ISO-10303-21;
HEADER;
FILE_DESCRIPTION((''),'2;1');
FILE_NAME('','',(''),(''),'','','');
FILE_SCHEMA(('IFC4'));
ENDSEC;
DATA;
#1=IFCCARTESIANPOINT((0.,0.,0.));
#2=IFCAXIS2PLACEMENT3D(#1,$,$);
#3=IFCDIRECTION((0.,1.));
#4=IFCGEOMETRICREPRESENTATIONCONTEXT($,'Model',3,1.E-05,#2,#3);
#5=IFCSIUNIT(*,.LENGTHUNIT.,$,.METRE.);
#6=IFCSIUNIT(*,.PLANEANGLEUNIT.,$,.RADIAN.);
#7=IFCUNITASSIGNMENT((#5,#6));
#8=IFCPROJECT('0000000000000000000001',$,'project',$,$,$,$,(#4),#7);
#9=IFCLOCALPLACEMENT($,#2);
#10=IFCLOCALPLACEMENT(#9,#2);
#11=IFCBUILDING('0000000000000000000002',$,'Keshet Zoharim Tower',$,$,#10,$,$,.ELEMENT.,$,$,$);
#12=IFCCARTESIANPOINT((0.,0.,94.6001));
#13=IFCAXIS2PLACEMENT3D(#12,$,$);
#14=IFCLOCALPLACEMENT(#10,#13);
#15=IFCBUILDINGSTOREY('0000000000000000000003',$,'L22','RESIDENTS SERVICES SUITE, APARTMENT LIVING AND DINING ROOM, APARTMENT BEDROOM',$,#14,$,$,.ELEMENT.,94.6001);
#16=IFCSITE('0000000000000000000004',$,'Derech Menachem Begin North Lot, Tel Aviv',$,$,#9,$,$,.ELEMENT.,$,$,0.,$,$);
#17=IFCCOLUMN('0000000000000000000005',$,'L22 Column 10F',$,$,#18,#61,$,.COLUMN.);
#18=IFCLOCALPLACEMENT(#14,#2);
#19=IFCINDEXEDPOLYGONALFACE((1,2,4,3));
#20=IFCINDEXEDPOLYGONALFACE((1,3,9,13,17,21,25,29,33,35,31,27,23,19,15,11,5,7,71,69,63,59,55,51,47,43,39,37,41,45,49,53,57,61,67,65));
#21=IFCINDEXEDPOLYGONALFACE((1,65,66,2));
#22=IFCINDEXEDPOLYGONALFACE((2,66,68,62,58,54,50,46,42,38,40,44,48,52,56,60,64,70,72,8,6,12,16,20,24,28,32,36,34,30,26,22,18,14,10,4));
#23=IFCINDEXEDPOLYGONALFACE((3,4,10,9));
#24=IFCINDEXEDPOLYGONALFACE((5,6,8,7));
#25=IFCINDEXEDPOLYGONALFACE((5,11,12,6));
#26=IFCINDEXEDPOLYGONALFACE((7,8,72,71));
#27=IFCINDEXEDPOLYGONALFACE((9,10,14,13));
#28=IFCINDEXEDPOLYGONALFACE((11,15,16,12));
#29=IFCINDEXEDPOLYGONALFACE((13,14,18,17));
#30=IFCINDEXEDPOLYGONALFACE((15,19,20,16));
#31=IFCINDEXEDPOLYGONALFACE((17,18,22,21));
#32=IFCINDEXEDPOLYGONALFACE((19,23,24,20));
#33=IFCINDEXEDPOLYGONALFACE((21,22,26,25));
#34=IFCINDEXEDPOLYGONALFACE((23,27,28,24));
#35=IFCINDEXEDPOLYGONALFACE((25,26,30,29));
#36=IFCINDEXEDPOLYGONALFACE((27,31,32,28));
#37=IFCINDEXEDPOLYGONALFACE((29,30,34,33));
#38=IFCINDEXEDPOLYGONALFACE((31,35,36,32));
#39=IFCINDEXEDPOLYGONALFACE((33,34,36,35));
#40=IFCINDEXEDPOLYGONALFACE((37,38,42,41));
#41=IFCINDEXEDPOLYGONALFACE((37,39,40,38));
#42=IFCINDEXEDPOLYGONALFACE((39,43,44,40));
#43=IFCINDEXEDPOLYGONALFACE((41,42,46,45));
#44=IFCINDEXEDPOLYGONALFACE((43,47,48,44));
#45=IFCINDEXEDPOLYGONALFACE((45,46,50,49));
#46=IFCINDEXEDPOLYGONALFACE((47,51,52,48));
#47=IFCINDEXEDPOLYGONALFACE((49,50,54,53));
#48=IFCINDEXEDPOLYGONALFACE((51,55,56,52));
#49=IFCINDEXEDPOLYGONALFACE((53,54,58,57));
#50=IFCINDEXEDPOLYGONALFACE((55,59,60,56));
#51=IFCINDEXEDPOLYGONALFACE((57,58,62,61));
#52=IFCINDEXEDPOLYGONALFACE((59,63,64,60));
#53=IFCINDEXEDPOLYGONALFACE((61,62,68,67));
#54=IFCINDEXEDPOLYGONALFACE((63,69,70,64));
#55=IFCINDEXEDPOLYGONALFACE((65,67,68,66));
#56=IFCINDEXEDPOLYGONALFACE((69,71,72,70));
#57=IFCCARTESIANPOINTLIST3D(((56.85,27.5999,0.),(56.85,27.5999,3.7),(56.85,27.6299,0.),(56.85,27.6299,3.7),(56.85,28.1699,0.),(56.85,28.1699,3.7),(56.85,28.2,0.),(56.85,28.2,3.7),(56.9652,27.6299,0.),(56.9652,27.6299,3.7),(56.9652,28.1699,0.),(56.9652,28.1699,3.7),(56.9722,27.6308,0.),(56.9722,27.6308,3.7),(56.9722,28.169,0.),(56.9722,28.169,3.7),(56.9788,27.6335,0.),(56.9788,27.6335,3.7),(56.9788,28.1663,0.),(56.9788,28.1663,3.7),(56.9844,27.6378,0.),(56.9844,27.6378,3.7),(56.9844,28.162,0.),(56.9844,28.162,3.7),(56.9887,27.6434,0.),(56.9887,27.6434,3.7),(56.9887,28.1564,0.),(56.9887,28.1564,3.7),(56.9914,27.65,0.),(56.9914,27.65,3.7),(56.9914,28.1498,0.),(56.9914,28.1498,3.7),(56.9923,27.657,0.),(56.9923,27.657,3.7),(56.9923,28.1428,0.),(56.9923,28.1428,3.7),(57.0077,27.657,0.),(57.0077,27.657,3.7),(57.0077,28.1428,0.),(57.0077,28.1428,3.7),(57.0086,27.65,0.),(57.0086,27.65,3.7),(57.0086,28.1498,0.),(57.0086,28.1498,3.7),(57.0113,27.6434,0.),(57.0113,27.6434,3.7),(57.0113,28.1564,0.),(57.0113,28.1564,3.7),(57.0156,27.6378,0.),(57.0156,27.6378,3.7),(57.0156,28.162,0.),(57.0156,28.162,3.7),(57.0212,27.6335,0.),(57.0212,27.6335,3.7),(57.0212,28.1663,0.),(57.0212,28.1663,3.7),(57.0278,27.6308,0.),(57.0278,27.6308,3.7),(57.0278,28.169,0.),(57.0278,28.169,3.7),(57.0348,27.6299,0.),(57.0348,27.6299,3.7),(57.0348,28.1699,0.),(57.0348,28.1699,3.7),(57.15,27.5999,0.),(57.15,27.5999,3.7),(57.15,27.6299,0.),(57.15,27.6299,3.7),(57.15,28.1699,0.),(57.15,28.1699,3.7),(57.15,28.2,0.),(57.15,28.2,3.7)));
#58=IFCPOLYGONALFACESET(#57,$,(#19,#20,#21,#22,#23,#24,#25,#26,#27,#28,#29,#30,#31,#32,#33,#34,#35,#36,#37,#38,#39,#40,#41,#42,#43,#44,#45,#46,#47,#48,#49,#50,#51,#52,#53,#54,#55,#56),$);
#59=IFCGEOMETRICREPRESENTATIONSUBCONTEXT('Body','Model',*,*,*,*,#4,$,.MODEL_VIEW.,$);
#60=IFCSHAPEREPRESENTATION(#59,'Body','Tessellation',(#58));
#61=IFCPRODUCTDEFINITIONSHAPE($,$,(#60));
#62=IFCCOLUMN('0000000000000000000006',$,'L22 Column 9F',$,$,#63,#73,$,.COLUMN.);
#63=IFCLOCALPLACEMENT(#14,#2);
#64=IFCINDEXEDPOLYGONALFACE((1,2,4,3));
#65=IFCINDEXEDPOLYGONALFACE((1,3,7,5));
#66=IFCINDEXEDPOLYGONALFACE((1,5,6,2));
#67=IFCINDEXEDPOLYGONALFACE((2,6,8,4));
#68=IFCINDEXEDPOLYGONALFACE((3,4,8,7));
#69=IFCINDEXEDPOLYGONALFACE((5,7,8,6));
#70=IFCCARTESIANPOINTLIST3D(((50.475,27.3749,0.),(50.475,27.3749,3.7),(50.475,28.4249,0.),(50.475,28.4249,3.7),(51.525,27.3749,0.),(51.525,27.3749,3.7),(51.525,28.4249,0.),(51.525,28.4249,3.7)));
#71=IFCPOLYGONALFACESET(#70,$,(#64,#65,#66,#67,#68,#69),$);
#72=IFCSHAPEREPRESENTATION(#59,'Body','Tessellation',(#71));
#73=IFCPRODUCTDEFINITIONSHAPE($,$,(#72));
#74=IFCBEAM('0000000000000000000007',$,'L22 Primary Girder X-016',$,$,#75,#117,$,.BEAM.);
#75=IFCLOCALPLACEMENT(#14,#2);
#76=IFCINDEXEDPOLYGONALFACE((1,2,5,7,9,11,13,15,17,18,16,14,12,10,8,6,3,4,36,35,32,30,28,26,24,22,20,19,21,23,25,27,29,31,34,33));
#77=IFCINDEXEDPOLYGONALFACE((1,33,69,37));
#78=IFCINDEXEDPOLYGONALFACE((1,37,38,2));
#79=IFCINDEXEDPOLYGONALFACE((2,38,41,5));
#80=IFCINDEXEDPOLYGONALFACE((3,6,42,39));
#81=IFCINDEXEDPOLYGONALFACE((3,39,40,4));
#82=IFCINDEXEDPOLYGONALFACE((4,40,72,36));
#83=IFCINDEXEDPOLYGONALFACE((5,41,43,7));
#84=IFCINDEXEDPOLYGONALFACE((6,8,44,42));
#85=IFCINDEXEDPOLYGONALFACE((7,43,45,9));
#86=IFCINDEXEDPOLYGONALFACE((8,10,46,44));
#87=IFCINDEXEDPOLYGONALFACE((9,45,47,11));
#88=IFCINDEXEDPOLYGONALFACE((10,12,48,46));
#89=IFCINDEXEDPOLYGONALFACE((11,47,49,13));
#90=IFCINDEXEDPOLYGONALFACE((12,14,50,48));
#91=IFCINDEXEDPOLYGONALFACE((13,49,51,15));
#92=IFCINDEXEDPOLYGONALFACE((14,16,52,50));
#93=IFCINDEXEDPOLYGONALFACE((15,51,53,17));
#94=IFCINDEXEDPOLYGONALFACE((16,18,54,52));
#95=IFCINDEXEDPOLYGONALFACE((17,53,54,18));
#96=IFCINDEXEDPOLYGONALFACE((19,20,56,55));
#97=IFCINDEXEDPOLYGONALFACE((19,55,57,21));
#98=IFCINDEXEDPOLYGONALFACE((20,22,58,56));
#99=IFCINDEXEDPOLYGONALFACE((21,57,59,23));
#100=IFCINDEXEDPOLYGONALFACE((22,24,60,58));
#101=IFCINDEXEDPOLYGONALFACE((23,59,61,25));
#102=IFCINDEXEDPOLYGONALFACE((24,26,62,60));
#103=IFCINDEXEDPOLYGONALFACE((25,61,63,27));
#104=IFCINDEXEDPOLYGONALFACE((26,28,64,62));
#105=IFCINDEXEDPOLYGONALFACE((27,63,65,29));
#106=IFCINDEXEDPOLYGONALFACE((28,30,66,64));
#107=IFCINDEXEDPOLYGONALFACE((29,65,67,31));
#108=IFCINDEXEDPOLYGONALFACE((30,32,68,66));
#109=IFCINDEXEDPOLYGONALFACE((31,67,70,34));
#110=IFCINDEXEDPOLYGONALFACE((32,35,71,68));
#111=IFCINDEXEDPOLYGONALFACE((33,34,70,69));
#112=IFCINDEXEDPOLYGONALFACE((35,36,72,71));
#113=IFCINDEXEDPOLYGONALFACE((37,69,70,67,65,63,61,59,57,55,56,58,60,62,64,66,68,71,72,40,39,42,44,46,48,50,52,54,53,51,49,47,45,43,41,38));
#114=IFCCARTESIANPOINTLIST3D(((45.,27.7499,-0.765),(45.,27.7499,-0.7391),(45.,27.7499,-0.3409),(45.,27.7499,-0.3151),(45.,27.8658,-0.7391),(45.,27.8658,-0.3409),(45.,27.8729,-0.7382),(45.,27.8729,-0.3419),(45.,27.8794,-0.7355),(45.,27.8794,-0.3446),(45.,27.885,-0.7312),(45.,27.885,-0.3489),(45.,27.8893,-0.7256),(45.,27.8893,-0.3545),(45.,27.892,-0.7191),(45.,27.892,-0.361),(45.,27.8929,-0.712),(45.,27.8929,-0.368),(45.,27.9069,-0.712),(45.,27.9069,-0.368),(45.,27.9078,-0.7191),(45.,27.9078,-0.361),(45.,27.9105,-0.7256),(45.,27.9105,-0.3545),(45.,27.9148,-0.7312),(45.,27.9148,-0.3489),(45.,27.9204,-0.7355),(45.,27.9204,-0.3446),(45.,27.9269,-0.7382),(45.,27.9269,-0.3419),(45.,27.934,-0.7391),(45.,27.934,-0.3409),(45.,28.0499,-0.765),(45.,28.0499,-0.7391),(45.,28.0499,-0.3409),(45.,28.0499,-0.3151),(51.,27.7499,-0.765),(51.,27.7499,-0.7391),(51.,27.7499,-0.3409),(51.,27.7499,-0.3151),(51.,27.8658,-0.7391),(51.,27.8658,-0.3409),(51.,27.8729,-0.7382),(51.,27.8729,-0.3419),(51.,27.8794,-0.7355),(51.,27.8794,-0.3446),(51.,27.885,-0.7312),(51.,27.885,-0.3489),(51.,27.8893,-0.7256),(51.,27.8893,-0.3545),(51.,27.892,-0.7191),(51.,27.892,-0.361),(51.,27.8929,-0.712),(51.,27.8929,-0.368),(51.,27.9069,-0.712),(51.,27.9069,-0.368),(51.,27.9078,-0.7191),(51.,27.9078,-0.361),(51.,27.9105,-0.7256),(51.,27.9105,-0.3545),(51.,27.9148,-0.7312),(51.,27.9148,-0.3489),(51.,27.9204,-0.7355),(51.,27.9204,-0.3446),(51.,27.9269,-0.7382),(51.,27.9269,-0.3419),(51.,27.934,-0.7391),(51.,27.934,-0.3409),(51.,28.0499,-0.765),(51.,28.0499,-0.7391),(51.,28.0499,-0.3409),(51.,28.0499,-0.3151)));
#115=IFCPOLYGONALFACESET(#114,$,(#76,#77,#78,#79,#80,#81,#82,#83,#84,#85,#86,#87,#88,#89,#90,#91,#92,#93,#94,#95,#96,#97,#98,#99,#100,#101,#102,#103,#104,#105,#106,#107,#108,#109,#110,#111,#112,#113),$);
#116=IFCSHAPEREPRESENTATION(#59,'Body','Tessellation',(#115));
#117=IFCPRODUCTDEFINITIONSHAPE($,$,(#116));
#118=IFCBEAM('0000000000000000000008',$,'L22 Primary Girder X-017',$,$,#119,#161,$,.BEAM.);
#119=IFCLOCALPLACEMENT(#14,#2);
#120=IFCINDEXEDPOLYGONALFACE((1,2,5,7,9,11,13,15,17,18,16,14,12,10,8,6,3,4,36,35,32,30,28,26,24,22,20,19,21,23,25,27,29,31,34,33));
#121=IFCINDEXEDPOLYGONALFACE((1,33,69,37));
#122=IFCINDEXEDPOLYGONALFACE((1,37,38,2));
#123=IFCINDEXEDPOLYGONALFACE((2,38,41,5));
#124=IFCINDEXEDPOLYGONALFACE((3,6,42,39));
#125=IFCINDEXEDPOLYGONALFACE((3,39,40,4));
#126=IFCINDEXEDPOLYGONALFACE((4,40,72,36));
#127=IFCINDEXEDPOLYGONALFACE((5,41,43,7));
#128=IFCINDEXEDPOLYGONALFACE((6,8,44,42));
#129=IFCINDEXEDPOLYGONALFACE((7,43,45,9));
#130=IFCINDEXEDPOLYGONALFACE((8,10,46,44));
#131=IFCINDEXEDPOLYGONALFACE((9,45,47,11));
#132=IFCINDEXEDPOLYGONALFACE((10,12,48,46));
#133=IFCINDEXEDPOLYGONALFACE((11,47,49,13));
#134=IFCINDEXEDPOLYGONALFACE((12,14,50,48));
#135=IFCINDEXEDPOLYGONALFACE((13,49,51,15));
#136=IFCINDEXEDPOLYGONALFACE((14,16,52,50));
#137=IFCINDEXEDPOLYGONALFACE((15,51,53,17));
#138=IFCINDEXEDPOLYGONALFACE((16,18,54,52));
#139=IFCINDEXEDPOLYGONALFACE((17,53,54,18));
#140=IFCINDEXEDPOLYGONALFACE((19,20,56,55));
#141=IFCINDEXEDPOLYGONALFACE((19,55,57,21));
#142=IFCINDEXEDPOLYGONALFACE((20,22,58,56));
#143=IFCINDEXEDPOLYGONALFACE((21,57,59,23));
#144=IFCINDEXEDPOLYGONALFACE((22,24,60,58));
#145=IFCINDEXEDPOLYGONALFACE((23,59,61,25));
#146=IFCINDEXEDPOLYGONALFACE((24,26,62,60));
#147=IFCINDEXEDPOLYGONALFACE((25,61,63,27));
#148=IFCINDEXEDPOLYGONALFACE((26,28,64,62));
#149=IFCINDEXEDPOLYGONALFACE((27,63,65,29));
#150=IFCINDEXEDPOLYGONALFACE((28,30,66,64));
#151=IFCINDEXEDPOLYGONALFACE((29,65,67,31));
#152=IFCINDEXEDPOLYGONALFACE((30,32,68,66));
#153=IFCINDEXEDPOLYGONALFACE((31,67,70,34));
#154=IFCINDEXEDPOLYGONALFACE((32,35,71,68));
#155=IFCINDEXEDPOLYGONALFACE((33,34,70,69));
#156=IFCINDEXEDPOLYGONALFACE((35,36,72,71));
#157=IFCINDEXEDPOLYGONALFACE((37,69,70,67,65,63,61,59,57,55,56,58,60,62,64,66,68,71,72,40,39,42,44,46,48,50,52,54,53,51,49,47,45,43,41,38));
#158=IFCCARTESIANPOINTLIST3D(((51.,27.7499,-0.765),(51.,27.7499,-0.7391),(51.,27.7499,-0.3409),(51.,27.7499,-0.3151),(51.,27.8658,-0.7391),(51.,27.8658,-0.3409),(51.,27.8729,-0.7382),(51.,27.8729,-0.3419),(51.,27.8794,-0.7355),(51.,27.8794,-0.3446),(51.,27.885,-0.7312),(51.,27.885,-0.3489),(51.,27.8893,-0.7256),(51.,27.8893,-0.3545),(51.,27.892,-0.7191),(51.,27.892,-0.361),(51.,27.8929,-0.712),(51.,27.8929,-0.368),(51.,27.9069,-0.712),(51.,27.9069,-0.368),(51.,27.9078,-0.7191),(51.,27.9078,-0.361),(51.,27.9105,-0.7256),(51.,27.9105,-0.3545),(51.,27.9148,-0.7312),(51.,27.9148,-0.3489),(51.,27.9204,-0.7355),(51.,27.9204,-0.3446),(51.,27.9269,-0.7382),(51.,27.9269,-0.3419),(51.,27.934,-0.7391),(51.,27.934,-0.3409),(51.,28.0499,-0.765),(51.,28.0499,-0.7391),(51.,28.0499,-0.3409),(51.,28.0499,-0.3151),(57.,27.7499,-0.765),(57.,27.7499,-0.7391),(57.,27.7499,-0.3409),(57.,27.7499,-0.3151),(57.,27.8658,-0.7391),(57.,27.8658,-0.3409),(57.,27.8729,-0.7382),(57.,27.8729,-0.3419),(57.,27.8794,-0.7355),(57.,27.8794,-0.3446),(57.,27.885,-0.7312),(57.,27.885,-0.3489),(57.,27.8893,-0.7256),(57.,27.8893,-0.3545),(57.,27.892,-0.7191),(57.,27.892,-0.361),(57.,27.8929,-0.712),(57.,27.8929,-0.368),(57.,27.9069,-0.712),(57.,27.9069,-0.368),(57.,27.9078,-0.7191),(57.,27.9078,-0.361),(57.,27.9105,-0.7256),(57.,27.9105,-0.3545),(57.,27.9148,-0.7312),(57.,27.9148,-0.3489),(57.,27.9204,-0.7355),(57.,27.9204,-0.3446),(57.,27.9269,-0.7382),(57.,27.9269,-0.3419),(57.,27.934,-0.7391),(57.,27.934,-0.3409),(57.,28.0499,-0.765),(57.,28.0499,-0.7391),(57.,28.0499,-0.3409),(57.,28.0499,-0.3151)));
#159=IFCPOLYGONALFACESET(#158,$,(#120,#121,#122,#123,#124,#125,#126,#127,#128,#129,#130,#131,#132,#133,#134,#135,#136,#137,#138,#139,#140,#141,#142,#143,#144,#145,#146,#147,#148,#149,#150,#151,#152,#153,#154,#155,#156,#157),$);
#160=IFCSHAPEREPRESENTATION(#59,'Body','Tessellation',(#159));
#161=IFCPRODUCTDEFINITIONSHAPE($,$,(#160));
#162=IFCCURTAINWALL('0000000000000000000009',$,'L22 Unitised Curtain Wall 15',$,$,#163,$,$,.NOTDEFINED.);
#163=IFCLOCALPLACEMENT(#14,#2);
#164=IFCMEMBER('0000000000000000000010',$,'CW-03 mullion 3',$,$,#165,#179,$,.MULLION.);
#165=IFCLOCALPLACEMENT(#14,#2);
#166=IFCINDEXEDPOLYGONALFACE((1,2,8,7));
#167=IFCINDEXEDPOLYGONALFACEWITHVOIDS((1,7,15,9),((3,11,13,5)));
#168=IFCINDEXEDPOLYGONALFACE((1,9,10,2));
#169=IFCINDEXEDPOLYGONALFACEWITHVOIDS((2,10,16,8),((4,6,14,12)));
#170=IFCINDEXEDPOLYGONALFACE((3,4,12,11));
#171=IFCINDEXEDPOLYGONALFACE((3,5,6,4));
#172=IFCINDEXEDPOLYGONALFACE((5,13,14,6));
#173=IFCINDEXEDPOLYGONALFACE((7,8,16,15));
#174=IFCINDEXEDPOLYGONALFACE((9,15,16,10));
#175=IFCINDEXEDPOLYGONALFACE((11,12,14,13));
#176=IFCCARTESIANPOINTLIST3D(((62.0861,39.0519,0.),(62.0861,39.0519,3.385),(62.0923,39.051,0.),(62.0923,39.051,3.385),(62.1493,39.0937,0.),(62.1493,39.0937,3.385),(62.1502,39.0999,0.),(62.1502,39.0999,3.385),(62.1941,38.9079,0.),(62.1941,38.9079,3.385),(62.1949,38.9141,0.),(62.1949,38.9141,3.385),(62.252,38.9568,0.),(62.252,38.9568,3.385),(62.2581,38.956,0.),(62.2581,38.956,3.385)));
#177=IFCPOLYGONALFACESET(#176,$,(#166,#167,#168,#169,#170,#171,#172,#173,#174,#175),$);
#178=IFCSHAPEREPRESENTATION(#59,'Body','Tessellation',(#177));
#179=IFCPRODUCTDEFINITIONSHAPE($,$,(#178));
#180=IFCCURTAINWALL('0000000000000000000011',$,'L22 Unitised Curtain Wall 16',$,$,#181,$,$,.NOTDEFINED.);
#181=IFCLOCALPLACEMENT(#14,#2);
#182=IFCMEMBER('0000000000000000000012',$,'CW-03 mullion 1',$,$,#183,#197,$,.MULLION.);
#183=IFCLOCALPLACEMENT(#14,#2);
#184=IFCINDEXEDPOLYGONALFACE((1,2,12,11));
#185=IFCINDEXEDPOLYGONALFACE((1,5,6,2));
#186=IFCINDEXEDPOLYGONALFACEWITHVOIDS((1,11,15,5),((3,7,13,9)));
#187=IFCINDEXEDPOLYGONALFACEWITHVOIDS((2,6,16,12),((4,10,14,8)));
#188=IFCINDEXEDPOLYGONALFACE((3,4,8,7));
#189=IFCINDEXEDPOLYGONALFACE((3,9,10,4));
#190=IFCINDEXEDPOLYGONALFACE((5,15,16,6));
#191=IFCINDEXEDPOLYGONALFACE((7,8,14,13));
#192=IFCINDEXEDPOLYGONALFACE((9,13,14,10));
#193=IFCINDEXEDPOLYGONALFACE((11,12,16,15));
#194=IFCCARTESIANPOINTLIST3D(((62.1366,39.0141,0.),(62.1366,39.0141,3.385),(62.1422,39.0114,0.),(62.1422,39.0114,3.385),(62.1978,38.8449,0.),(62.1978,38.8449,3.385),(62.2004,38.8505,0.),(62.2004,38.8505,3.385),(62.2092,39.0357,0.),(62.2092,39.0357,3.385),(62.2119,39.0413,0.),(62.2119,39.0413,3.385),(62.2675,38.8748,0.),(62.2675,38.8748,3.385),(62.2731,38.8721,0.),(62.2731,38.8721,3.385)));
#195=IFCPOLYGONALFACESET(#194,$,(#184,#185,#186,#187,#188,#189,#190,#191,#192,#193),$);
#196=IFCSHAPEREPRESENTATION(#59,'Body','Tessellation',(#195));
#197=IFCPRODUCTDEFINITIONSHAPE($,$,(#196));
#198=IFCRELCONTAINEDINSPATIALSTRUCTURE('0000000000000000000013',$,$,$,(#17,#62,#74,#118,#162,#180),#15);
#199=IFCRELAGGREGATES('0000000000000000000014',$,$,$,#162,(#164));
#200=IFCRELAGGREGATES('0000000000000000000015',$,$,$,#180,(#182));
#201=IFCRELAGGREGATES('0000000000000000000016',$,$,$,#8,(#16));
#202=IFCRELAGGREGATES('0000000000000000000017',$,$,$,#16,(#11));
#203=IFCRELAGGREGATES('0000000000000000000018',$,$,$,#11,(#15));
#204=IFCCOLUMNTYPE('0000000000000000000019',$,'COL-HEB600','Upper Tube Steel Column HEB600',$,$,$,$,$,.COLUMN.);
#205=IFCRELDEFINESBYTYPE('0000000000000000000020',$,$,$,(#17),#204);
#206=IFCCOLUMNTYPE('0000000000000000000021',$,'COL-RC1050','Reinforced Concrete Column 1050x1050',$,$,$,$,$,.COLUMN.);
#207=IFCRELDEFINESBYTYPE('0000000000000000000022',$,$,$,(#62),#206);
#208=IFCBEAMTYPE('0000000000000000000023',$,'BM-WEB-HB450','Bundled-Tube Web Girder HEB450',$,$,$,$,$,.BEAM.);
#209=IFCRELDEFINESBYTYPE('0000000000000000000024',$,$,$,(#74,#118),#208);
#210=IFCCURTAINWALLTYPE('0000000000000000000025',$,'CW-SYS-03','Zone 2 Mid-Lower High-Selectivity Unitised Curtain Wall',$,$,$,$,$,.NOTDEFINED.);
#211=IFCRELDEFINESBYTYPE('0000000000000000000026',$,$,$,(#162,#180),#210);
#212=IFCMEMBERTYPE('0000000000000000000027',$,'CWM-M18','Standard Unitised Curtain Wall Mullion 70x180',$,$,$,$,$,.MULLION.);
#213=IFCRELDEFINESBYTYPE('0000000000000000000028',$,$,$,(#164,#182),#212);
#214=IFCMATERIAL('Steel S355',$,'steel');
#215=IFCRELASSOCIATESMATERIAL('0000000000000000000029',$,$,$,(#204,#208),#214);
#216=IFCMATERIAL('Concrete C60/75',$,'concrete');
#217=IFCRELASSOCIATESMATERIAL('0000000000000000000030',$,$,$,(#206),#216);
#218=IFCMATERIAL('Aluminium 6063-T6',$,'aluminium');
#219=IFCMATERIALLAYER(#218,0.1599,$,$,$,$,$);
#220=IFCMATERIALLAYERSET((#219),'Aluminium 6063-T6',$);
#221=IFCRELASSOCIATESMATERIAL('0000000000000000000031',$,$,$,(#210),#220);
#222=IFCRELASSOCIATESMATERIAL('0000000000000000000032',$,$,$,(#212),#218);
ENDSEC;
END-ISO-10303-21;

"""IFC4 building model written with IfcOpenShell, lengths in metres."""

from ifc_helpers import new_model, si_unit, direction, frame, origin, origin_2d, place, context, subcontext, project, spatial, rectangle, hollow_rectangle, i_section, extrude, material, layer, layer_set, material_profile, profile_set, type_object, element, aggregate, save


model = new_model("IFC4")

# Units and contexts
model_context = context("Model", 3, precision=1e-05, world=origin(), true_north=direction((0.0, 1.0)))
body_context = subcontext(model_context, "Body", "Model", "MODEL_VIEW")
ifc_project = project(units=[si_unit("LENGTHUNIT", "METRE"), si_unit("PLANEANGLEUNIT", "RADIAN")], contexts=[model_context])

# Site, building, storey
site_placement = place(None, origin())
site = spatial("IfcSite", under=ifc_project, at=site_placement, Name="Derech Menachem Begin North Lot, Tel Aviv", CompositionType="ELEMENT", RefElevation=0.0)
building_placement = place(site_placement, origin())
building = spatial("IfcBuilding", under=site, at=building_placement, Name="Keshet Zoharim Tower", CompositionType="ELEMENT")
storey_placement = place(building_placement, frame((0.0, 0.0, 94.6001)))
storey = spatial("IfcBuildingStorey", under=building, at=storey_placement, Name="L22", Description="RESIDENTS SERVICES SUITE, APARTMENT LIVING AND DINING ROOM, APARTMENT BEDROOM", CompositionType="ELEMENT", Elevation=94.6001)

# Columns
ifc_material_1 = material(Name="Steel S355", Category="steel")
ifc_material_profile_1 = material_profile(ifc_material_1, i_section(OverallWidth=0.3, OverallDepth=0.6001, WebThickness=0.0154, FlangeThickness=0.03, FilletRadius=0.0271, at=origin_2d()), Name="HEB600")
ifc_profile_set_1 = profile_set([ifc_material_profile_1], Name="Steel S355")
column_type_1 = type_object("IfcColumnType", Name="COL-HEB600", Description="Upper Tube Steel Column HEB600", PredefinedType="COLUMN", material=ifc_profile_set_1)
column_1_placement = place(storey_placement, frame((57.0, 27.8999, 0.0), z_axis=(0.0, 0.0, 1.0), x_axis=(1.0, 0.0, 0.0)))
element("IfcColumn", 1, at=column_1_placement, inside=storey, type_object=column_type_1, Name="L22 Column 10F", PredefinedType="COLUMN", context=body_context, shape_type="SweptSolid", body=[
    extrude(i_section(OverallWidth=0.3, OverallDepth=0.6001, WebThickness=0.0154, FlangeThickness=0.03, FilletRadius=0.0271, at=origin_2d()), origin(), (0.0, 0.0, 1.0), 3.7),
])
ifc_material_2 = material(Name="Concrete C60/75", Category="concrete")
ifc_material_profile_2 = material_profile(ifc_material_2, rectangle(XDim=1.05, YDim=1.05, at=origin_2d()), Name="RC1050x1050")
ifc_profile_set_2 = profile_set([ifc_material_profile_2], Name="Concrete C60/75")
column_type_2 = type_object("IfcColumnType", Name="COL-RC1050", Description="Reinforced Concrete Column 1050x1050", PredefinedType="COLUMN", material=ifc_profile_set_2)
column_2_placement = place(storey_placement, frame((51.0, 27.8999, 0.0), z_axis=(0.0, 0.0, 1.0), x_axis=(1.0, 0.0, 0.0)))
element("IfcColumn", 2, at=column_2_placement, inside=storey, type_object=column_type_2, Name="L22 Column 9F", PredefinedType="COLUMN", context=body_context, shape_type="SweptSolid", body=[
    extrude(rectangle(XDim=1.05, YDim=1.05, at=origin_2d()), origin(), (0.0, 0.0, 1.0), 3.7),
])

# Beams
ifc_material_profile_3 = material_profile(ifc_material_1, i_section(OverallWidth=0.3, OverallDepth=0.45, WebThickness=0.0139, FlangeThickness=0.0259, FilletRadius=0.0271, at=origin_2d()), Name="HEB450")
ifc_profile_set_3 = profile_set([ifc_material_profile_3], Name="Steel S355")
beam_type = type_object("IfcBeamType", Name="BM-WEB-HB450", Description="Bundled-Tube Web Girder HEB450", PredefinedType="BEAM", material=ifc_profile_set_3)
for number, where, z_axis, x_axis, name in (
    (3, (45.0, 27.8999, -0.54), (1.0, 0.0, 0.0), (0.0, 1.0, 0.0), "L22 Primary Girder X-016"),
    (4, (51.0, 27.8999, -0.54), (1.0, 0.0, 0.0), (0.0, 1.0, 0.0), "L22 Primary Girder X-017"),
):
    element("IfcBeam", number, at=place(storey_placement, frame(where, z_axis=z_axis, x_axis=x_axis)), inside=storey, type_object=beam_type, Name=name, PredefinedType="BEAM", context=body_context, shape_type="SweptSolid", body=[
        extrude(i_section(OverallWidth=0.3, OverallDepth=0.45, WebThickness=0.0139, FlangeThickness=0.0259, FilletRadius=0.0271, at=origin_2d()), origin(), (0.0, 0.0, 1.0), 6.0),
    ])

# Curtain wall, member
ifc_material_3 = material(Name="Aluminium 6063-T6", Category="aluminium")
ifc_layer_1 = layer(ifc_material_3, 0.1599)
ifc_layer_set_1 = layer_set([ifc_layer_1], Name="Aluminium 6063-T6")
curtain_wall_type = type_object("IfcCurtainWallType", Name="CW-SYS-03", Description="Zone 2 Mid-Lower High-Selectivity Unitised Curtain Wall", PredefinedType="NOTDEFINED", material=ifc_layer_set_1)
curtain_wall_1_placement = place(storey_placement, origin())
curtain_wall_1 = element("IfcCurtainWall", 5, at=curtain_wall_1_placement, inside=storey, type_object=curtain_wall_type, Name="L22 Unitised Curtain Wall 15", PredefinedType="NOTDEFINED")
ifc_material_profile_4 = material_profile(ifc_material_3, hollow_rectangle(XDim=0.0801, YDim=0.1799, WallThickness=0.0044, at=origin_2d()), Name="MUL-80x180")
ifc_profile_set_4 = profile_set([ifc_material_profile_4], Name="Aluminium 6063-T6")
member_type_1 = type_object("IfcMemberType", Name="CWM-M18", Description="Standard Unitised Curtain Wall Mullion 70x180", PredefinedType="MULLION", material=ifc_profile_set_4)
member_1_placement = place(storey_placement, frame((62.1721, 39.0039, 0.0), z_axis=(0.0, 0.0, 1.0), x_axis=(0.8, 0.6, 0.0)))
member_1 = element("IfcMember", 6, at=member_1_placement, type_object=member_type_1, Name="CW-03 mullion 3", PredefinedType="MULLION", context=body_context, shape_type="SweptSolid", body=[
    extrude(hollow_rectangle(XDim=0.0801, YDim=0.1799, WallThickness=0.0044, at=origin_2d()), origin(), (0.0, 0.0, 1.0), 3.385),
])
aggregate(curtain_wall_1, [member_1])

# Curtain wall, member
curtain_wall_2_placement = place(storey_placement, origin())
curtain_wall_2 = element("IfcCurtainWall", 7, at=curtain_wall_2_placement, inside=storey, type_object=curtain_wall_type, Name="L22 Unitised Curtain Wall 16", PredefinedType="NOTDEFINED")
member_2_placement = place(storey_placement, frame((62.2048, 38.9431, 0.0), z_axis=(0.0, 0.0, 1.0), x_axis=(0.940318, 0.340297, 0.0)))
member_2 = element("IfcMember", 8, at=member_2_placement, type_object=member_type_1, Name="CW-03 mullion 1", PredefinedType="MULLION", context=body_context, shape_type="SweptSolid", body=[
    extrude(hollow_rectangle(XDim=0.0801, YDim=0.1799, WallThickness=0.0044, at=origin_2d()), origin(), (0.0, 0.0, 1.0), 3.385),
])

aggregate(curtain_wall_2, [member_2])

save(model, "model.ifc")
